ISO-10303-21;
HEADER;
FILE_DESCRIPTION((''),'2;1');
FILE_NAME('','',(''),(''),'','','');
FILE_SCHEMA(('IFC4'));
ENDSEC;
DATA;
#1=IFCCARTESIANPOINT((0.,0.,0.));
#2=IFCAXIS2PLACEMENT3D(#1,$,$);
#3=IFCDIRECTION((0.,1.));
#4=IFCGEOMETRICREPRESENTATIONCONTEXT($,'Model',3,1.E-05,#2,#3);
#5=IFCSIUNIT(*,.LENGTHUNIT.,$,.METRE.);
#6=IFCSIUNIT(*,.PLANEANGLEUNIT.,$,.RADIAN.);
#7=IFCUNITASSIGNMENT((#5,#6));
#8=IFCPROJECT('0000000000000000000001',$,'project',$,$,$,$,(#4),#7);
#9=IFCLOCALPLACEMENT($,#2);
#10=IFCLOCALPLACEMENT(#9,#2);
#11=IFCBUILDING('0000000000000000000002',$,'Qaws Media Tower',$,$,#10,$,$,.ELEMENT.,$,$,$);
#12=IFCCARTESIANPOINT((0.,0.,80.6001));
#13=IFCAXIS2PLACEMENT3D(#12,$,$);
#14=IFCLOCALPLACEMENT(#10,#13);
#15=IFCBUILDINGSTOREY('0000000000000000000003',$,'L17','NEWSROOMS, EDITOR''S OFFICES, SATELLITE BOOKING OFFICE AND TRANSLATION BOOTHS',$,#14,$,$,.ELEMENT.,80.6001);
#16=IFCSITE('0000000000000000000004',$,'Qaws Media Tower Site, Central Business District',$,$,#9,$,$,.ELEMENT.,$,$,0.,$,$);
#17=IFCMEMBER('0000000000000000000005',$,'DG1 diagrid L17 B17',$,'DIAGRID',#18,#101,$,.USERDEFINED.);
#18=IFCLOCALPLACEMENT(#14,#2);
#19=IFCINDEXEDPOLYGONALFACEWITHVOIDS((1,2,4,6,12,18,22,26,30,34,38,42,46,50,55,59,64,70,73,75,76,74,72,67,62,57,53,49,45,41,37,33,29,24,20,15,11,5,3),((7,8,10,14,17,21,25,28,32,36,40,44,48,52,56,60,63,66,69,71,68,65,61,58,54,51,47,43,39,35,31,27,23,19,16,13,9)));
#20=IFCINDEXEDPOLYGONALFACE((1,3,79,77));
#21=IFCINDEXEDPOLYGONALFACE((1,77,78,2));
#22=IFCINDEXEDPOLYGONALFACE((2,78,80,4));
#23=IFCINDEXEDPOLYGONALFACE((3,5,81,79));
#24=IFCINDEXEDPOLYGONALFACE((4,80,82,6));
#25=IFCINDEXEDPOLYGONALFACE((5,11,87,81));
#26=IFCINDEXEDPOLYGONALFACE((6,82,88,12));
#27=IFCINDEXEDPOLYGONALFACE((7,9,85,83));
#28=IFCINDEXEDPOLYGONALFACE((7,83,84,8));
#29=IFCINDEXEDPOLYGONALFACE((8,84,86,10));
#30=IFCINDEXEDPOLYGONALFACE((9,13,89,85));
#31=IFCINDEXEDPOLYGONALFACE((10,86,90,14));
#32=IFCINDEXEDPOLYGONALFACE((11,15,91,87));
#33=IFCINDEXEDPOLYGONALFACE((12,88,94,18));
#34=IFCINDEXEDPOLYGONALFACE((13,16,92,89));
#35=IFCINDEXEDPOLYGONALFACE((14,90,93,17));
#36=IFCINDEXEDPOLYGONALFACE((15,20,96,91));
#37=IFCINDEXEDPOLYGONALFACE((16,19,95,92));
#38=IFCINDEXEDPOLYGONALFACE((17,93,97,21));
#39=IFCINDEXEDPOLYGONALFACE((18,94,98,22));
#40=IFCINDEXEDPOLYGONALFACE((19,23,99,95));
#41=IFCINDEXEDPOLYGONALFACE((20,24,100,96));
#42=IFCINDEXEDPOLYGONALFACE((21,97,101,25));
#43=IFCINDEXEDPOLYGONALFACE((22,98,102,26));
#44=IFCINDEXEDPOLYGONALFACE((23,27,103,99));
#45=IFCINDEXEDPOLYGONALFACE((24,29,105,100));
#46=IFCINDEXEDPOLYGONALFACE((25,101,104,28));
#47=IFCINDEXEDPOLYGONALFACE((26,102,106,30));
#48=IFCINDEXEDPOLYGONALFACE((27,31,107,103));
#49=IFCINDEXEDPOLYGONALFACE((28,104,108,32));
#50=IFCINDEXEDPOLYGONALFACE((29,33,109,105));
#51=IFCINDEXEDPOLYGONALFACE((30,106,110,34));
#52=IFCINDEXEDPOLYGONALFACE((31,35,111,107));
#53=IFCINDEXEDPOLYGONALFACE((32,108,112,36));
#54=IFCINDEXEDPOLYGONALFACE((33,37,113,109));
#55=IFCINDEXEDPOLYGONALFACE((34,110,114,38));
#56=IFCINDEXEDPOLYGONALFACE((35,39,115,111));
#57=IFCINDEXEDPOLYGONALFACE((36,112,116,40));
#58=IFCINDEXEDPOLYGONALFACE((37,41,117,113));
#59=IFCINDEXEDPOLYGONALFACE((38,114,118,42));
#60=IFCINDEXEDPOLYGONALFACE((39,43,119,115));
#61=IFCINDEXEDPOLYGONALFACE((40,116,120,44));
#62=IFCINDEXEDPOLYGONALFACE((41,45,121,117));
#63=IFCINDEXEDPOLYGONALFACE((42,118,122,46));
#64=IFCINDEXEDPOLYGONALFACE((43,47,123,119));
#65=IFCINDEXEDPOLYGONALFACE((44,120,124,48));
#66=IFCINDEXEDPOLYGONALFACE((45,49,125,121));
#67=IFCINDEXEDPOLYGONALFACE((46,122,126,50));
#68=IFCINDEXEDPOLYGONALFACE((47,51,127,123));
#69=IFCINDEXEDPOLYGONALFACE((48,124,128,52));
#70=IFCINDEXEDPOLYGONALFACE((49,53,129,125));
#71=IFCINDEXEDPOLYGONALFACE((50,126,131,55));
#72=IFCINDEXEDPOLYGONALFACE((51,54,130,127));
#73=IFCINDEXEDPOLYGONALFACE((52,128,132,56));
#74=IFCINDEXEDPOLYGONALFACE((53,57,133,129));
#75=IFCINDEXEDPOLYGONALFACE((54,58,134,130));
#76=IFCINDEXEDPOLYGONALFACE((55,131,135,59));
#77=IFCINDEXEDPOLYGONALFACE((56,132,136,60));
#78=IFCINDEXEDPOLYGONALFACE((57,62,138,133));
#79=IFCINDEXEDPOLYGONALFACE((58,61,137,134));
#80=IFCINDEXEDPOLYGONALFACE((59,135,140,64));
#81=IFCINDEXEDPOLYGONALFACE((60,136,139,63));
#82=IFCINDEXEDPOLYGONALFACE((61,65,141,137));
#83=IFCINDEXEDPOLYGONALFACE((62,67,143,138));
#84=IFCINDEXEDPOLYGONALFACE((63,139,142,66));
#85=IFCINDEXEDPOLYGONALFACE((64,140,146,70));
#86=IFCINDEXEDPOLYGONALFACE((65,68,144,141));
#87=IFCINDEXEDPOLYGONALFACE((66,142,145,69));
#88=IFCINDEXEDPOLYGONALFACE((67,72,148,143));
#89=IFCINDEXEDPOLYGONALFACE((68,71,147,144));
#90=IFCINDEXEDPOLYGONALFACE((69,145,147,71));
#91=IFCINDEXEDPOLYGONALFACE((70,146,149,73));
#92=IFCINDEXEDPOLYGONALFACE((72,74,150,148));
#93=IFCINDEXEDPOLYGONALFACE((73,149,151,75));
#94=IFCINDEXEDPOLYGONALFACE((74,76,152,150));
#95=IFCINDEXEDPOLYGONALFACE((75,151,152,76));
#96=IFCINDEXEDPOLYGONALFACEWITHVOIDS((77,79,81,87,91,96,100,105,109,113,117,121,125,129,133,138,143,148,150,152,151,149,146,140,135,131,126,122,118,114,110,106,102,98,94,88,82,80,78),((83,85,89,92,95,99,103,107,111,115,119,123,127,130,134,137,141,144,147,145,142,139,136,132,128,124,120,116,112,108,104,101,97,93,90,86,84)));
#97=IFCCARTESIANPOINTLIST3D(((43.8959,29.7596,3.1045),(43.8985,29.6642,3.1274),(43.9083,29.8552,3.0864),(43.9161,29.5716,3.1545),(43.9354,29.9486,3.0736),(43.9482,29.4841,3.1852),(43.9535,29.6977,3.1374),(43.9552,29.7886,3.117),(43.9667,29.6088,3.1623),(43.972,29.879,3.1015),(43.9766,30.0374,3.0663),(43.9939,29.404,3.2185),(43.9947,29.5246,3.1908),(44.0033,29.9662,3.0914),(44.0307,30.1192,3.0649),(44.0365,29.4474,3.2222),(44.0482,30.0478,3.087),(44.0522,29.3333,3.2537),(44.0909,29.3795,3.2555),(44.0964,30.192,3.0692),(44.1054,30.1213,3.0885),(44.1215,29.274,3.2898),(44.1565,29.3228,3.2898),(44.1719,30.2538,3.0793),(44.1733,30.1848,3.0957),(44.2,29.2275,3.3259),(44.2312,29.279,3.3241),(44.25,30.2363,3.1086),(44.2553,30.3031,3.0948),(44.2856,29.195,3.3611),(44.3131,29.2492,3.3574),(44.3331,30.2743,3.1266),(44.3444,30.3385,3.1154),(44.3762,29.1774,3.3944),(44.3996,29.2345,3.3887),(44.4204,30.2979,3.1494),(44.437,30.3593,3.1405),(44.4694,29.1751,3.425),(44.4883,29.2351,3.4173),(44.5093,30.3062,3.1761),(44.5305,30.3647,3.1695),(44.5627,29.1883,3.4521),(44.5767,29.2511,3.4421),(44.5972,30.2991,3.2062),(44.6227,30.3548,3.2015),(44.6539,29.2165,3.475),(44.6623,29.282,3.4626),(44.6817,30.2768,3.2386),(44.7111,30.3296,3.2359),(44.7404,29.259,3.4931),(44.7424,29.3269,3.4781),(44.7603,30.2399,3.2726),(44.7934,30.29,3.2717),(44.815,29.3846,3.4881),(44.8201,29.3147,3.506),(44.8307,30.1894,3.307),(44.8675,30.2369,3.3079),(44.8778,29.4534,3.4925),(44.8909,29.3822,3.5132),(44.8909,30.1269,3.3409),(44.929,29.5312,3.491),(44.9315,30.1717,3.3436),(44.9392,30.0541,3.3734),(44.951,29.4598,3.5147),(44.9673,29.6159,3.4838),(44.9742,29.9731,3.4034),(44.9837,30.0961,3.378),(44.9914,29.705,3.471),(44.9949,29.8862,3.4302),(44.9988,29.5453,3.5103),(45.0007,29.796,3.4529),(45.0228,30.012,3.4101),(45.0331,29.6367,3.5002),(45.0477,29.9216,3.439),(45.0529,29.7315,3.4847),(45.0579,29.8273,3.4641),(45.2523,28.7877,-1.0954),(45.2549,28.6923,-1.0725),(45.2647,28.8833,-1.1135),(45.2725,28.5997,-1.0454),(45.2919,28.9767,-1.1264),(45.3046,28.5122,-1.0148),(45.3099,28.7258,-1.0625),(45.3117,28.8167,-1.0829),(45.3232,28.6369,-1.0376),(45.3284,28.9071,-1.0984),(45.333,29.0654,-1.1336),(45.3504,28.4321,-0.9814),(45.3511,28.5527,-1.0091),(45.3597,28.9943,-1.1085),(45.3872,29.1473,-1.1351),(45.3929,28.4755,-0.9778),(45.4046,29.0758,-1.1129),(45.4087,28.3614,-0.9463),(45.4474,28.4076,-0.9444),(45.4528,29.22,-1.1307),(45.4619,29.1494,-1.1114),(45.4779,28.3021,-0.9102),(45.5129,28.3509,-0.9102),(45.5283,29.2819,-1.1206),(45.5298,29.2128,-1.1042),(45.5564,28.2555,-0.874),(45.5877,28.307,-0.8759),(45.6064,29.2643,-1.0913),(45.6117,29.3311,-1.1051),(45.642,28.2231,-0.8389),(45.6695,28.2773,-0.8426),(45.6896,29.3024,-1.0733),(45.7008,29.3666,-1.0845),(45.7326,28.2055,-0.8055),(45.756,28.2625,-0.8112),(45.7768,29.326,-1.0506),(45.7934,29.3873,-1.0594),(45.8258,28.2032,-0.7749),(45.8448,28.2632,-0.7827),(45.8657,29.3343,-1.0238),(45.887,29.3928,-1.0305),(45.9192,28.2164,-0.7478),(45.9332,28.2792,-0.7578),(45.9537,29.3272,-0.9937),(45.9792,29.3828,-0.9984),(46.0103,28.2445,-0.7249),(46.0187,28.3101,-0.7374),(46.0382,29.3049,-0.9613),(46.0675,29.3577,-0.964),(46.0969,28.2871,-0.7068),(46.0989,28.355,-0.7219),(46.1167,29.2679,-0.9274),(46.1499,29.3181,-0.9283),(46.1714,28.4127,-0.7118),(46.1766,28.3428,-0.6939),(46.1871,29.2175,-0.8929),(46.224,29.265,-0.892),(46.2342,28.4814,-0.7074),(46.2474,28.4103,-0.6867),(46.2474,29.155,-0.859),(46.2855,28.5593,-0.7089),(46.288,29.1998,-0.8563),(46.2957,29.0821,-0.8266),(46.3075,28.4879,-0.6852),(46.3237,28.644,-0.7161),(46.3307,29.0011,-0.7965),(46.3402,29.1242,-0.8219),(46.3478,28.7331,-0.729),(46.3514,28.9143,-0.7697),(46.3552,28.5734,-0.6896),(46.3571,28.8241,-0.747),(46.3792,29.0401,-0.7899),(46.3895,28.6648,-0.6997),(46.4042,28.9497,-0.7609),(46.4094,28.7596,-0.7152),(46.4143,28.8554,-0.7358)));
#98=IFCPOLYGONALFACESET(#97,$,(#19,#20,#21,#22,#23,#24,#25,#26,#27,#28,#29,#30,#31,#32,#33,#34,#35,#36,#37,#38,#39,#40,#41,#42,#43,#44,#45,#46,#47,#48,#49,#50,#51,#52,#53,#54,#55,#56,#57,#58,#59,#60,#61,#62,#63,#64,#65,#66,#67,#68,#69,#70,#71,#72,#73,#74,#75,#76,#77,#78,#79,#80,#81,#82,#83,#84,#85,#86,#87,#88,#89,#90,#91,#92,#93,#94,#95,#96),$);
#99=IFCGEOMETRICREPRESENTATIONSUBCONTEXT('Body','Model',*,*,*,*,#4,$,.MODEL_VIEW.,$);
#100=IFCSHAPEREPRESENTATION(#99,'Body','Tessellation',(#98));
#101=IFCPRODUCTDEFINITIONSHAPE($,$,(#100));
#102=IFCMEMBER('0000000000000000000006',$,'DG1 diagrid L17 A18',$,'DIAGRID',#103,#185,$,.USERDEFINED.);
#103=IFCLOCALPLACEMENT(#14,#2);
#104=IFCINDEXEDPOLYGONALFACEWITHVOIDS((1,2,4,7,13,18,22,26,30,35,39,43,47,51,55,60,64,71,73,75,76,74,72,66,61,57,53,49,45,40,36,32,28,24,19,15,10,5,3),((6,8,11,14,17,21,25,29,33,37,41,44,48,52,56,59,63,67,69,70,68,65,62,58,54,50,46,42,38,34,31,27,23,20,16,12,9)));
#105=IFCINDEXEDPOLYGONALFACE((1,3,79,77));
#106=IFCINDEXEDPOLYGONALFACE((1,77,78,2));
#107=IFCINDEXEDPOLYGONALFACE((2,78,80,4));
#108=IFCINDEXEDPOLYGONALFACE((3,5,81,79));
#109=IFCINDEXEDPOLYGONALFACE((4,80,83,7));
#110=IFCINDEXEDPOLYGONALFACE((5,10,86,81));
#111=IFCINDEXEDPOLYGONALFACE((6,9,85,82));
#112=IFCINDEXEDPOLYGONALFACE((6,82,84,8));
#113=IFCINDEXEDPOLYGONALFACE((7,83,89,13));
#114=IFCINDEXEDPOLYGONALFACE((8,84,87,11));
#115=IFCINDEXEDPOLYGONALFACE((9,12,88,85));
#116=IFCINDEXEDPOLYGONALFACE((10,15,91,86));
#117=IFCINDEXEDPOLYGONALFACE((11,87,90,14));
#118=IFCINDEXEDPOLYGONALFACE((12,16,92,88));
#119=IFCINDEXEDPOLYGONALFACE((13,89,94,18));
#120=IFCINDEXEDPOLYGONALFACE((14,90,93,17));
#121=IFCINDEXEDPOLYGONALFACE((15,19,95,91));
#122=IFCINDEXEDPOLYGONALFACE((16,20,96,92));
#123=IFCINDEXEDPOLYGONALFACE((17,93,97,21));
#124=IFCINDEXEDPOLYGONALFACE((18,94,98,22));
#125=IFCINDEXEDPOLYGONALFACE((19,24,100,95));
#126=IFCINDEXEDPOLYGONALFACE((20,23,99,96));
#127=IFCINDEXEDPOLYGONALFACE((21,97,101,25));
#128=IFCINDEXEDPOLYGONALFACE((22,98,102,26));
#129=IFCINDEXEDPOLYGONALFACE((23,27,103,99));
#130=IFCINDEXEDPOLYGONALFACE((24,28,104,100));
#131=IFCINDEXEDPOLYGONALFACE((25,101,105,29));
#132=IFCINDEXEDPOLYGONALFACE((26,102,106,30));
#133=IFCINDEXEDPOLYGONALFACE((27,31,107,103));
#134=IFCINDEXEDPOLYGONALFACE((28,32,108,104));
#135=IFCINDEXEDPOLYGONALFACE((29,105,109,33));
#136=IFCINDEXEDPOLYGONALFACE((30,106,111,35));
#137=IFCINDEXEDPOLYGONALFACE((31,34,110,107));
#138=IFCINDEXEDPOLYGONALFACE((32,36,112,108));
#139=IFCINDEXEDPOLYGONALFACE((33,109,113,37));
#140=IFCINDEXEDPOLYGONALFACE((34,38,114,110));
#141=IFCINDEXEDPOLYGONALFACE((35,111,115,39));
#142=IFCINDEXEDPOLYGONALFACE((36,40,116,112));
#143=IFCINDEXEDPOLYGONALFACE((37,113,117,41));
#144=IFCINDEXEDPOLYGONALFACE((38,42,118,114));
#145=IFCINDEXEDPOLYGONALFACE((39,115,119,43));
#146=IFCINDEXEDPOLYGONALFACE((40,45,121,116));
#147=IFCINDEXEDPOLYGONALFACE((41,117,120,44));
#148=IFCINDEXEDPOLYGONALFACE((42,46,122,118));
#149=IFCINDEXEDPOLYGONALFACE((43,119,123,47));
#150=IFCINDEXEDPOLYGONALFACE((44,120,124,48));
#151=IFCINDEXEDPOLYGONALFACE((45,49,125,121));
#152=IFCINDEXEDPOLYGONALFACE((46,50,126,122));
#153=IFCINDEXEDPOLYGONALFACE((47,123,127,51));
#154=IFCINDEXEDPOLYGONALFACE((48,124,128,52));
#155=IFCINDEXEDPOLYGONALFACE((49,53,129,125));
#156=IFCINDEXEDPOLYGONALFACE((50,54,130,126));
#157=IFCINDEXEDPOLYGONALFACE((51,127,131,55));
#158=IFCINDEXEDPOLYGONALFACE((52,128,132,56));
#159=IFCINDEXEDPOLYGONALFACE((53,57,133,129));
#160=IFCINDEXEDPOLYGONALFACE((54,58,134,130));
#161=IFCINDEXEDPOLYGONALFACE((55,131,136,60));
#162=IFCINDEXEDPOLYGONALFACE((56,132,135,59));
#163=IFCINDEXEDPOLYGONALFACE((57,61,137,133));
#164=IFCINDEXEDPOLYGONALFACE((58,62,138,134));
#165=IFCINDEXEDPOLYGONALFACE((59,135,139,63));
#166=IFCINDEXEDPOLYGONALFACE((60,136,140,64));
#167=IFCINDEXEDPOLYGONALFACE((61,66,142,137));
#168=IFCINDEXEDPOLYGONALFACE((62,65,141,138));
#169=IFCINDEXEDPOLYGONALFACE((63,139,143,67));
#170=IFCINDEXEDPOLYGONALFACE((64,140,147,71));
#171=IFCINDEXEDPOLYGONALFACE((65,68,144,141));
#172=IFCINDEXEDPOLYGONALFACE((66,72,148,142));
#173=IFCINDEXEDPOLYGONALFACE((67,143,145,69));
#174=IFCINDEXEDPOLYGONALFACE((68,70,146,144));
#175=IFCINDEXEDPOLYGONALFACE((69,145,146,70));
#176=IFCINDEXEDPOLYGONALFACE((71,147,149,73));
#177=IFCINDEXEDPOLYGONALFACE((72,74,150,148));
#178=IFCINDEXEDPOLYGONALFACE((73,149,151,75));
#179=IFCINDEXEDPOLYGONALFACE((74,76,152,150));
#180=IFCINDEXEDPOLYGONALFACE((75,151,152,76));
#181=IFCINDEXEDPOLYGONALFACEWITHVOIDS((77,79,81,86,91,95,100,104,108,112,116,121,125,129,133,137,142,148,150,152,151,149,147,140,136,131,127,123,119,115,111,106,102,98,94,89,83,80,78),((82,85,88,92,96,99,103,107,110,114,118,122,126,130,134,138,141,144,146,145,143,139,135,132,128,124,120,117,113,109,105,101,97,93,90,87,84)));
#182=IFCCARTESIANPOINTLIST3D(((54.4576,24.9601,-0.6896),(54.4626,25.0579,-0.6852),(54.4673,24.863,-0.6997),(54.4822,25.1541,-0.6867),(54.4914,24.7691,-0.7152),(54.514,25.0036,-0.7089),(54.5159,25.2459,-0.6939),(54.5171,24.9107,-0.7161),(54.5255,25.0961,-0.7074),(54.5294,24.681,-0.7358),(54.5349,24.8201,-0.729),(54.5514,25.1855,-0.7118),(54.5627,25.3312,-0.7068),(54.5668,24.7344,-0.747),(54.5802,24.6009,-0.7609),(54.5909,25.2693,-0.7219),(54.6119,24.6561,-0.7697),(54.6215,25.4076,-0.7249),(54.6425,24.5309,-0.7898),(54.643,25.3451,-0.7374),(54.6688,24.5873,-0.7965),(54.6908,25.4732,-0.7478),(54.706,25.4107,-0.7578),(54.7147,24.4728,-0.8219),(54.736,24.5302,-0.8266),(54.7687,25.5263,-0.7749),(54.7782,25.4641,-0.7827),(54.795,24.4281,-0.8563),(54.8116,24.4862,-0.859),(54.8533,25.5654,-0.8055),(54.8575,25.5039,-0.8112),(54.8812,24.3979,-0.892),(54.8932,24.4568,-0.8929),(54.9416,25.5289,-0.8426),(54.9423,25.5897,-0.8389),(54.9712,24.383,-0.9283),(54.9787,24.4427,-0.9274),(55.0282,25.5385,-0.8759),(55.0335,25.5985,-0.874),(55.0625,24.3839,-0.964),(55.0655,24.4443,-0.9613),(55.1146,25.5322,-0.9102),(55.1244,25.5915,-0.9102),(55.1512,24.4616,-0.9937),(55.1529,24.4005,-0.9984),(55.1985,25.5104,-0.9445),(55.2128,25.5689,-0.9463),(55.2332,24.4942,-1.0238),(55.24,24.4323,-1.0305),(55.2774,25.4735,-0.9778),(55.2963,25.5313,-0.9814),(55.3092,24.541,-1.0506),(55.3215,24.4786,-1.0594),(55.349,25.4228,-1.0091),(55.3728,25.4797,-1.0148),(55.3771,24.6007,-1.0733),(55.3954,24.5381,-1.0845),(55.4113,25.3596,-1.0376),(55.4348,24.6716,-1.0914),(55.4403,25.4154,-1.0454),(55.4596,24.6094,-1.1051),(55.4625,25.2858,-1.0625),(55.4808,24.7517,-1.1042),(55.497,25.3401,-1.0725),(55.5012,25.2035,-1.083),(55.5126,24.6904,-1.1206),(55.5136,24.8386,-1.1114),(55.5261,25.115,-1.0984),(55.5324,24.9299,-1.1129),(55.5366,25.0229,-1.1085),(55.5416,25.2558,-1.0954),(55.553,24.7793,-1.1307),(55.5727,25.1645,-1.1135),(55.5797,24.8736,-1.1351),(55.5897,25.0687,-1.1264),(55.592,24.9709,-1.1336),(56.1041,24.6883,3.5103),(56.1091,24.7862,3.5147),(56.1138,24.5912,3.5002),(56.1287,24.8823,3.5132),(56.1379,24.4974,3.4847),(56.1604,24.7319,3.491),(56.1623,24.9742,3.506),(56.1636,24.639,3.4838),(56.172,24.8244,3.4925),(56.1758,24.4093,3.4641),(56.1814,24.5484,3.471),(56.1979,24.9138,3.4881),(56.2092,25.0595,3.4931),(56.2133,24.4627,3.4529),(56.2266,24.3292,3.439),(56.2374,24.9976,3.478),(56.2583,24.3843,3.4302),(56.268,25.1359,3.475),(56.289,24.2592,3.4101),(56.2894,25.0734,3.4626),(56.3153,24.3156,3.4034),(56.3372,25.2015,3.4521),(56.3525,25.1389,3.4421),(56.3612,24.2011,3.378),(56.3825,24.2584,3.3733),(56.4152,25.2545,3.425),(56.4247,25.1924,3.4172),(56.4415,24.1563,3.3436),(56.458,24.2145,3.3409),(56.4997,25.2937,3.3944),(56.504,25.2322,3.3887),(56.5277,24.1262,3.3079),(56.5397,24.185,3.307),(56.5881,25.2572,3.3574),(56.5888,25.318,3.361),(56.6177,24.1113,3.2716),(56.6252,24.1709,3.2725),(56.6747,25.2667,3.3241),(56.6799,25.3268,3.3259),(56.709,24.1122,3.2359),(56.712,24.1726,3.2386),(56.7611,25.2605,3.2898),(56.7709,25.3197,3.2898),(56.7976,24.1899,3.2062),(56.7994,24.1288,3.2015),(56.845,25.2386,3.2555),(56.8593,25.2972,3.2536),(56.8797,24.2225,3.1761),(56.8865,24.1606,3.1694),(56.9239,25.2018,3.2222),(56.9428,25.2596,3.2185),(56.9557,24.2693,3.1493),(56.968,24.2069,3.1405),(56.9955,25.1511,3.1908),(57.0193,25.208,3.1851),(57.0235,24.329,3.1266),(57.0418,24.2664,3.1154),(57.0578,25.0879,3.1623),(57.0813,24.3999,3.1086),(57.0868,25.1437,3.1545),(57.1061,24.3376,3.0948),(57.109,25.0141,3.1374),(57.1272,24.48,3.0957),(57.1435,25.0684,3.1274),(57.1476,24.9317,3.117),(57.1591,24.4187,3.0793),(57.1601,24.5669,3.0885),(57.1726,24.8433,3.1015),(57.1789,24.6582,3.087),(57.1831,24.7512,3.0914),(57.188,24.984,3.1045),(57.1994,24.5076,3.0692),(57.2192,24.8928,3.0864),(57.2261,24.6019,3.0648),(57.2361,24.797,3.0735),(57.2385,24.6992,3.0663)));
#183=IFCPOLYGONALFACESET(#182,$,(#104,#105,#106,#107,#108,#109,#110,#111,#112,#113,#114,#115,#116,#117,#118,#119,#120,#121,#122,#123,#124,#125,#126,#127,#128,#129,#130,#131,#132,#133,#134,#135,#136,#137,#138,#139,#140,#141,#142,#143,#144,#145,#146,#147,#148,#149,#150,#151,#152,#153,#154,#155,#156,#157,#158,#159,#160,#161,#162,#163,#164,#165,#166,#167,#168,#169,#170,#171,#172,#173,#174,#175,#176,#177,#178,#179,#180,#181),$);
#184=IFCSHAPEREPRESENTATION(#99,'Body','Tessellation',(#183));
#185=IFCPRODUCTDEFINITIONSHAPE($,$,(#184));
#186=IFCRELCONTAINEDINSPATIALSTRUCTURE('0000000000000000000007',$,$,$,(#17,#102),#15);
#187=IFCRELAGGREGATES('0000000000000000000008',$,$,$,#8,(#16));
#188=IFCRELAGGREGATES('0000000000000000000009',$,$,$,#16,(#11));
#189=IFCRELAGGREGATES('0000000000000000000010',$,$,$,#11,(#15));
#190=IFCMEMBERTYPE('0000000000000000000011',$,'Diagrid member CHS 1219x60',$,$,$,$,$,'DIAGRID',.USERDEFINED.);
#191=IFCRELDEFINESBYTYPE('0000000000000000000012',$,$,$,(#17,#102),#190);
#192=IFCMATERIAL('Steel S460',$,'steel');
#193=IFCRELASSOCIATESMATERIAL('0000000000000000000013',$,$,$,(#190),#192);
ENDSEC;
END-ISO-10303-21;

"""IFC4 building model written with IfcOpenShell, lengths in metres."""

from ifc_helpers import new_model, si_unit, direction, frame, origin, origin_2d, place, context, subcontext, project, spatial, hollow_circle, extrude, material, material_profile, profile_set, type_object, element, save


model = new_model("IFC4")

# Units and contexts
model_context = context("Model", 3, precision=1e-05, world=origin(), true_north=direction((0.0, 1.0)))
body_context = subcontext(model_context, "Body", "Model", "MODEL_VIEW")
ifc_project = project(units=[si_unit("LENGTHUNIT", "METRE"), si_unit("PLANEANGLEUNIT", "RADIAN")], contexts=[model_context])

# Site, building, storey
site_placement = place(None, origin())
site = spatial("IfcSite", under=ifc_project, at=site_placement, Name="Qaws Media Tower Site, Central Business District", CompositionType="ELEMENT", RefElevation=0.0)
building_placement = place(site_placement, origin())
building = spatial("IfcBuilding", under=site, at=building_placement, Name="Qaws Media Tower", CompositionType="ELEMENT")
storey_placement = place(building_placement, frame((0.0, 0.0, 80.6001)))
storey = spatial("IfcBuildingStorey", under=building, at=storey_placement, Name="L17", Description="NEWSROOMS, EDITOR'S OFFICES, SATELLITE BOOKING OFFICE AND TRANSLATION BOOTHS", CompositionType="ELEMENT", Elevation=80.6001)

# Members
ifc_material_1 = material(Name="Steel S460", Category="steel")
ifc_material_profile_1 = material_profile(ifc_material_1, hollow_circle(Radius=0.6096, WallThickness=0.0601, at=origin_2d()), Name="CHS 1219x60")
ifc_profile_set_1 = profile_set([ifc_material_profile_1], Name="Steel S460")
member_type_1 = type_object("IfcMemberType", Name="Diagrid member CHS 1219x60", ElementType="DIAGRID", PredefinedType="USERDEFINED", material=ifc_profile_set_1)
for number, where, z_axis, x_axis, name in (
    (1, (45.833, 28.7976, -0.9102), (-0.300144, 0.21506, 0.929334), (-0.582442, -0.812873, 0.0), "DG1 diagrid L17 B17"),
    (2, (55.0251, 24.99, -0.9102), (0.364321, -0.060126, 0.929331), (0.162833, 0.986654, 0.0), "DG1 diagrid L17 A18"),
):
    element("IfcMember", number, at=place(storey_placement, frame(where, z_axis=z_axis, x_axis=x_axis)), inside=storey, type_object=member_type_1, Name=name, ObjectType="DIAGRID", PredefinedType="USERDEFINED", context=body_context, shape_type="SweptSolid", body=[
        extrude(hollow_circle(Radius=0.6096, WallThickness=0.0601, at=origin_2d()), origin(), (0.0, 0.0, 1.0), 4.5193),
    ])

save(model, "model.ifc")
